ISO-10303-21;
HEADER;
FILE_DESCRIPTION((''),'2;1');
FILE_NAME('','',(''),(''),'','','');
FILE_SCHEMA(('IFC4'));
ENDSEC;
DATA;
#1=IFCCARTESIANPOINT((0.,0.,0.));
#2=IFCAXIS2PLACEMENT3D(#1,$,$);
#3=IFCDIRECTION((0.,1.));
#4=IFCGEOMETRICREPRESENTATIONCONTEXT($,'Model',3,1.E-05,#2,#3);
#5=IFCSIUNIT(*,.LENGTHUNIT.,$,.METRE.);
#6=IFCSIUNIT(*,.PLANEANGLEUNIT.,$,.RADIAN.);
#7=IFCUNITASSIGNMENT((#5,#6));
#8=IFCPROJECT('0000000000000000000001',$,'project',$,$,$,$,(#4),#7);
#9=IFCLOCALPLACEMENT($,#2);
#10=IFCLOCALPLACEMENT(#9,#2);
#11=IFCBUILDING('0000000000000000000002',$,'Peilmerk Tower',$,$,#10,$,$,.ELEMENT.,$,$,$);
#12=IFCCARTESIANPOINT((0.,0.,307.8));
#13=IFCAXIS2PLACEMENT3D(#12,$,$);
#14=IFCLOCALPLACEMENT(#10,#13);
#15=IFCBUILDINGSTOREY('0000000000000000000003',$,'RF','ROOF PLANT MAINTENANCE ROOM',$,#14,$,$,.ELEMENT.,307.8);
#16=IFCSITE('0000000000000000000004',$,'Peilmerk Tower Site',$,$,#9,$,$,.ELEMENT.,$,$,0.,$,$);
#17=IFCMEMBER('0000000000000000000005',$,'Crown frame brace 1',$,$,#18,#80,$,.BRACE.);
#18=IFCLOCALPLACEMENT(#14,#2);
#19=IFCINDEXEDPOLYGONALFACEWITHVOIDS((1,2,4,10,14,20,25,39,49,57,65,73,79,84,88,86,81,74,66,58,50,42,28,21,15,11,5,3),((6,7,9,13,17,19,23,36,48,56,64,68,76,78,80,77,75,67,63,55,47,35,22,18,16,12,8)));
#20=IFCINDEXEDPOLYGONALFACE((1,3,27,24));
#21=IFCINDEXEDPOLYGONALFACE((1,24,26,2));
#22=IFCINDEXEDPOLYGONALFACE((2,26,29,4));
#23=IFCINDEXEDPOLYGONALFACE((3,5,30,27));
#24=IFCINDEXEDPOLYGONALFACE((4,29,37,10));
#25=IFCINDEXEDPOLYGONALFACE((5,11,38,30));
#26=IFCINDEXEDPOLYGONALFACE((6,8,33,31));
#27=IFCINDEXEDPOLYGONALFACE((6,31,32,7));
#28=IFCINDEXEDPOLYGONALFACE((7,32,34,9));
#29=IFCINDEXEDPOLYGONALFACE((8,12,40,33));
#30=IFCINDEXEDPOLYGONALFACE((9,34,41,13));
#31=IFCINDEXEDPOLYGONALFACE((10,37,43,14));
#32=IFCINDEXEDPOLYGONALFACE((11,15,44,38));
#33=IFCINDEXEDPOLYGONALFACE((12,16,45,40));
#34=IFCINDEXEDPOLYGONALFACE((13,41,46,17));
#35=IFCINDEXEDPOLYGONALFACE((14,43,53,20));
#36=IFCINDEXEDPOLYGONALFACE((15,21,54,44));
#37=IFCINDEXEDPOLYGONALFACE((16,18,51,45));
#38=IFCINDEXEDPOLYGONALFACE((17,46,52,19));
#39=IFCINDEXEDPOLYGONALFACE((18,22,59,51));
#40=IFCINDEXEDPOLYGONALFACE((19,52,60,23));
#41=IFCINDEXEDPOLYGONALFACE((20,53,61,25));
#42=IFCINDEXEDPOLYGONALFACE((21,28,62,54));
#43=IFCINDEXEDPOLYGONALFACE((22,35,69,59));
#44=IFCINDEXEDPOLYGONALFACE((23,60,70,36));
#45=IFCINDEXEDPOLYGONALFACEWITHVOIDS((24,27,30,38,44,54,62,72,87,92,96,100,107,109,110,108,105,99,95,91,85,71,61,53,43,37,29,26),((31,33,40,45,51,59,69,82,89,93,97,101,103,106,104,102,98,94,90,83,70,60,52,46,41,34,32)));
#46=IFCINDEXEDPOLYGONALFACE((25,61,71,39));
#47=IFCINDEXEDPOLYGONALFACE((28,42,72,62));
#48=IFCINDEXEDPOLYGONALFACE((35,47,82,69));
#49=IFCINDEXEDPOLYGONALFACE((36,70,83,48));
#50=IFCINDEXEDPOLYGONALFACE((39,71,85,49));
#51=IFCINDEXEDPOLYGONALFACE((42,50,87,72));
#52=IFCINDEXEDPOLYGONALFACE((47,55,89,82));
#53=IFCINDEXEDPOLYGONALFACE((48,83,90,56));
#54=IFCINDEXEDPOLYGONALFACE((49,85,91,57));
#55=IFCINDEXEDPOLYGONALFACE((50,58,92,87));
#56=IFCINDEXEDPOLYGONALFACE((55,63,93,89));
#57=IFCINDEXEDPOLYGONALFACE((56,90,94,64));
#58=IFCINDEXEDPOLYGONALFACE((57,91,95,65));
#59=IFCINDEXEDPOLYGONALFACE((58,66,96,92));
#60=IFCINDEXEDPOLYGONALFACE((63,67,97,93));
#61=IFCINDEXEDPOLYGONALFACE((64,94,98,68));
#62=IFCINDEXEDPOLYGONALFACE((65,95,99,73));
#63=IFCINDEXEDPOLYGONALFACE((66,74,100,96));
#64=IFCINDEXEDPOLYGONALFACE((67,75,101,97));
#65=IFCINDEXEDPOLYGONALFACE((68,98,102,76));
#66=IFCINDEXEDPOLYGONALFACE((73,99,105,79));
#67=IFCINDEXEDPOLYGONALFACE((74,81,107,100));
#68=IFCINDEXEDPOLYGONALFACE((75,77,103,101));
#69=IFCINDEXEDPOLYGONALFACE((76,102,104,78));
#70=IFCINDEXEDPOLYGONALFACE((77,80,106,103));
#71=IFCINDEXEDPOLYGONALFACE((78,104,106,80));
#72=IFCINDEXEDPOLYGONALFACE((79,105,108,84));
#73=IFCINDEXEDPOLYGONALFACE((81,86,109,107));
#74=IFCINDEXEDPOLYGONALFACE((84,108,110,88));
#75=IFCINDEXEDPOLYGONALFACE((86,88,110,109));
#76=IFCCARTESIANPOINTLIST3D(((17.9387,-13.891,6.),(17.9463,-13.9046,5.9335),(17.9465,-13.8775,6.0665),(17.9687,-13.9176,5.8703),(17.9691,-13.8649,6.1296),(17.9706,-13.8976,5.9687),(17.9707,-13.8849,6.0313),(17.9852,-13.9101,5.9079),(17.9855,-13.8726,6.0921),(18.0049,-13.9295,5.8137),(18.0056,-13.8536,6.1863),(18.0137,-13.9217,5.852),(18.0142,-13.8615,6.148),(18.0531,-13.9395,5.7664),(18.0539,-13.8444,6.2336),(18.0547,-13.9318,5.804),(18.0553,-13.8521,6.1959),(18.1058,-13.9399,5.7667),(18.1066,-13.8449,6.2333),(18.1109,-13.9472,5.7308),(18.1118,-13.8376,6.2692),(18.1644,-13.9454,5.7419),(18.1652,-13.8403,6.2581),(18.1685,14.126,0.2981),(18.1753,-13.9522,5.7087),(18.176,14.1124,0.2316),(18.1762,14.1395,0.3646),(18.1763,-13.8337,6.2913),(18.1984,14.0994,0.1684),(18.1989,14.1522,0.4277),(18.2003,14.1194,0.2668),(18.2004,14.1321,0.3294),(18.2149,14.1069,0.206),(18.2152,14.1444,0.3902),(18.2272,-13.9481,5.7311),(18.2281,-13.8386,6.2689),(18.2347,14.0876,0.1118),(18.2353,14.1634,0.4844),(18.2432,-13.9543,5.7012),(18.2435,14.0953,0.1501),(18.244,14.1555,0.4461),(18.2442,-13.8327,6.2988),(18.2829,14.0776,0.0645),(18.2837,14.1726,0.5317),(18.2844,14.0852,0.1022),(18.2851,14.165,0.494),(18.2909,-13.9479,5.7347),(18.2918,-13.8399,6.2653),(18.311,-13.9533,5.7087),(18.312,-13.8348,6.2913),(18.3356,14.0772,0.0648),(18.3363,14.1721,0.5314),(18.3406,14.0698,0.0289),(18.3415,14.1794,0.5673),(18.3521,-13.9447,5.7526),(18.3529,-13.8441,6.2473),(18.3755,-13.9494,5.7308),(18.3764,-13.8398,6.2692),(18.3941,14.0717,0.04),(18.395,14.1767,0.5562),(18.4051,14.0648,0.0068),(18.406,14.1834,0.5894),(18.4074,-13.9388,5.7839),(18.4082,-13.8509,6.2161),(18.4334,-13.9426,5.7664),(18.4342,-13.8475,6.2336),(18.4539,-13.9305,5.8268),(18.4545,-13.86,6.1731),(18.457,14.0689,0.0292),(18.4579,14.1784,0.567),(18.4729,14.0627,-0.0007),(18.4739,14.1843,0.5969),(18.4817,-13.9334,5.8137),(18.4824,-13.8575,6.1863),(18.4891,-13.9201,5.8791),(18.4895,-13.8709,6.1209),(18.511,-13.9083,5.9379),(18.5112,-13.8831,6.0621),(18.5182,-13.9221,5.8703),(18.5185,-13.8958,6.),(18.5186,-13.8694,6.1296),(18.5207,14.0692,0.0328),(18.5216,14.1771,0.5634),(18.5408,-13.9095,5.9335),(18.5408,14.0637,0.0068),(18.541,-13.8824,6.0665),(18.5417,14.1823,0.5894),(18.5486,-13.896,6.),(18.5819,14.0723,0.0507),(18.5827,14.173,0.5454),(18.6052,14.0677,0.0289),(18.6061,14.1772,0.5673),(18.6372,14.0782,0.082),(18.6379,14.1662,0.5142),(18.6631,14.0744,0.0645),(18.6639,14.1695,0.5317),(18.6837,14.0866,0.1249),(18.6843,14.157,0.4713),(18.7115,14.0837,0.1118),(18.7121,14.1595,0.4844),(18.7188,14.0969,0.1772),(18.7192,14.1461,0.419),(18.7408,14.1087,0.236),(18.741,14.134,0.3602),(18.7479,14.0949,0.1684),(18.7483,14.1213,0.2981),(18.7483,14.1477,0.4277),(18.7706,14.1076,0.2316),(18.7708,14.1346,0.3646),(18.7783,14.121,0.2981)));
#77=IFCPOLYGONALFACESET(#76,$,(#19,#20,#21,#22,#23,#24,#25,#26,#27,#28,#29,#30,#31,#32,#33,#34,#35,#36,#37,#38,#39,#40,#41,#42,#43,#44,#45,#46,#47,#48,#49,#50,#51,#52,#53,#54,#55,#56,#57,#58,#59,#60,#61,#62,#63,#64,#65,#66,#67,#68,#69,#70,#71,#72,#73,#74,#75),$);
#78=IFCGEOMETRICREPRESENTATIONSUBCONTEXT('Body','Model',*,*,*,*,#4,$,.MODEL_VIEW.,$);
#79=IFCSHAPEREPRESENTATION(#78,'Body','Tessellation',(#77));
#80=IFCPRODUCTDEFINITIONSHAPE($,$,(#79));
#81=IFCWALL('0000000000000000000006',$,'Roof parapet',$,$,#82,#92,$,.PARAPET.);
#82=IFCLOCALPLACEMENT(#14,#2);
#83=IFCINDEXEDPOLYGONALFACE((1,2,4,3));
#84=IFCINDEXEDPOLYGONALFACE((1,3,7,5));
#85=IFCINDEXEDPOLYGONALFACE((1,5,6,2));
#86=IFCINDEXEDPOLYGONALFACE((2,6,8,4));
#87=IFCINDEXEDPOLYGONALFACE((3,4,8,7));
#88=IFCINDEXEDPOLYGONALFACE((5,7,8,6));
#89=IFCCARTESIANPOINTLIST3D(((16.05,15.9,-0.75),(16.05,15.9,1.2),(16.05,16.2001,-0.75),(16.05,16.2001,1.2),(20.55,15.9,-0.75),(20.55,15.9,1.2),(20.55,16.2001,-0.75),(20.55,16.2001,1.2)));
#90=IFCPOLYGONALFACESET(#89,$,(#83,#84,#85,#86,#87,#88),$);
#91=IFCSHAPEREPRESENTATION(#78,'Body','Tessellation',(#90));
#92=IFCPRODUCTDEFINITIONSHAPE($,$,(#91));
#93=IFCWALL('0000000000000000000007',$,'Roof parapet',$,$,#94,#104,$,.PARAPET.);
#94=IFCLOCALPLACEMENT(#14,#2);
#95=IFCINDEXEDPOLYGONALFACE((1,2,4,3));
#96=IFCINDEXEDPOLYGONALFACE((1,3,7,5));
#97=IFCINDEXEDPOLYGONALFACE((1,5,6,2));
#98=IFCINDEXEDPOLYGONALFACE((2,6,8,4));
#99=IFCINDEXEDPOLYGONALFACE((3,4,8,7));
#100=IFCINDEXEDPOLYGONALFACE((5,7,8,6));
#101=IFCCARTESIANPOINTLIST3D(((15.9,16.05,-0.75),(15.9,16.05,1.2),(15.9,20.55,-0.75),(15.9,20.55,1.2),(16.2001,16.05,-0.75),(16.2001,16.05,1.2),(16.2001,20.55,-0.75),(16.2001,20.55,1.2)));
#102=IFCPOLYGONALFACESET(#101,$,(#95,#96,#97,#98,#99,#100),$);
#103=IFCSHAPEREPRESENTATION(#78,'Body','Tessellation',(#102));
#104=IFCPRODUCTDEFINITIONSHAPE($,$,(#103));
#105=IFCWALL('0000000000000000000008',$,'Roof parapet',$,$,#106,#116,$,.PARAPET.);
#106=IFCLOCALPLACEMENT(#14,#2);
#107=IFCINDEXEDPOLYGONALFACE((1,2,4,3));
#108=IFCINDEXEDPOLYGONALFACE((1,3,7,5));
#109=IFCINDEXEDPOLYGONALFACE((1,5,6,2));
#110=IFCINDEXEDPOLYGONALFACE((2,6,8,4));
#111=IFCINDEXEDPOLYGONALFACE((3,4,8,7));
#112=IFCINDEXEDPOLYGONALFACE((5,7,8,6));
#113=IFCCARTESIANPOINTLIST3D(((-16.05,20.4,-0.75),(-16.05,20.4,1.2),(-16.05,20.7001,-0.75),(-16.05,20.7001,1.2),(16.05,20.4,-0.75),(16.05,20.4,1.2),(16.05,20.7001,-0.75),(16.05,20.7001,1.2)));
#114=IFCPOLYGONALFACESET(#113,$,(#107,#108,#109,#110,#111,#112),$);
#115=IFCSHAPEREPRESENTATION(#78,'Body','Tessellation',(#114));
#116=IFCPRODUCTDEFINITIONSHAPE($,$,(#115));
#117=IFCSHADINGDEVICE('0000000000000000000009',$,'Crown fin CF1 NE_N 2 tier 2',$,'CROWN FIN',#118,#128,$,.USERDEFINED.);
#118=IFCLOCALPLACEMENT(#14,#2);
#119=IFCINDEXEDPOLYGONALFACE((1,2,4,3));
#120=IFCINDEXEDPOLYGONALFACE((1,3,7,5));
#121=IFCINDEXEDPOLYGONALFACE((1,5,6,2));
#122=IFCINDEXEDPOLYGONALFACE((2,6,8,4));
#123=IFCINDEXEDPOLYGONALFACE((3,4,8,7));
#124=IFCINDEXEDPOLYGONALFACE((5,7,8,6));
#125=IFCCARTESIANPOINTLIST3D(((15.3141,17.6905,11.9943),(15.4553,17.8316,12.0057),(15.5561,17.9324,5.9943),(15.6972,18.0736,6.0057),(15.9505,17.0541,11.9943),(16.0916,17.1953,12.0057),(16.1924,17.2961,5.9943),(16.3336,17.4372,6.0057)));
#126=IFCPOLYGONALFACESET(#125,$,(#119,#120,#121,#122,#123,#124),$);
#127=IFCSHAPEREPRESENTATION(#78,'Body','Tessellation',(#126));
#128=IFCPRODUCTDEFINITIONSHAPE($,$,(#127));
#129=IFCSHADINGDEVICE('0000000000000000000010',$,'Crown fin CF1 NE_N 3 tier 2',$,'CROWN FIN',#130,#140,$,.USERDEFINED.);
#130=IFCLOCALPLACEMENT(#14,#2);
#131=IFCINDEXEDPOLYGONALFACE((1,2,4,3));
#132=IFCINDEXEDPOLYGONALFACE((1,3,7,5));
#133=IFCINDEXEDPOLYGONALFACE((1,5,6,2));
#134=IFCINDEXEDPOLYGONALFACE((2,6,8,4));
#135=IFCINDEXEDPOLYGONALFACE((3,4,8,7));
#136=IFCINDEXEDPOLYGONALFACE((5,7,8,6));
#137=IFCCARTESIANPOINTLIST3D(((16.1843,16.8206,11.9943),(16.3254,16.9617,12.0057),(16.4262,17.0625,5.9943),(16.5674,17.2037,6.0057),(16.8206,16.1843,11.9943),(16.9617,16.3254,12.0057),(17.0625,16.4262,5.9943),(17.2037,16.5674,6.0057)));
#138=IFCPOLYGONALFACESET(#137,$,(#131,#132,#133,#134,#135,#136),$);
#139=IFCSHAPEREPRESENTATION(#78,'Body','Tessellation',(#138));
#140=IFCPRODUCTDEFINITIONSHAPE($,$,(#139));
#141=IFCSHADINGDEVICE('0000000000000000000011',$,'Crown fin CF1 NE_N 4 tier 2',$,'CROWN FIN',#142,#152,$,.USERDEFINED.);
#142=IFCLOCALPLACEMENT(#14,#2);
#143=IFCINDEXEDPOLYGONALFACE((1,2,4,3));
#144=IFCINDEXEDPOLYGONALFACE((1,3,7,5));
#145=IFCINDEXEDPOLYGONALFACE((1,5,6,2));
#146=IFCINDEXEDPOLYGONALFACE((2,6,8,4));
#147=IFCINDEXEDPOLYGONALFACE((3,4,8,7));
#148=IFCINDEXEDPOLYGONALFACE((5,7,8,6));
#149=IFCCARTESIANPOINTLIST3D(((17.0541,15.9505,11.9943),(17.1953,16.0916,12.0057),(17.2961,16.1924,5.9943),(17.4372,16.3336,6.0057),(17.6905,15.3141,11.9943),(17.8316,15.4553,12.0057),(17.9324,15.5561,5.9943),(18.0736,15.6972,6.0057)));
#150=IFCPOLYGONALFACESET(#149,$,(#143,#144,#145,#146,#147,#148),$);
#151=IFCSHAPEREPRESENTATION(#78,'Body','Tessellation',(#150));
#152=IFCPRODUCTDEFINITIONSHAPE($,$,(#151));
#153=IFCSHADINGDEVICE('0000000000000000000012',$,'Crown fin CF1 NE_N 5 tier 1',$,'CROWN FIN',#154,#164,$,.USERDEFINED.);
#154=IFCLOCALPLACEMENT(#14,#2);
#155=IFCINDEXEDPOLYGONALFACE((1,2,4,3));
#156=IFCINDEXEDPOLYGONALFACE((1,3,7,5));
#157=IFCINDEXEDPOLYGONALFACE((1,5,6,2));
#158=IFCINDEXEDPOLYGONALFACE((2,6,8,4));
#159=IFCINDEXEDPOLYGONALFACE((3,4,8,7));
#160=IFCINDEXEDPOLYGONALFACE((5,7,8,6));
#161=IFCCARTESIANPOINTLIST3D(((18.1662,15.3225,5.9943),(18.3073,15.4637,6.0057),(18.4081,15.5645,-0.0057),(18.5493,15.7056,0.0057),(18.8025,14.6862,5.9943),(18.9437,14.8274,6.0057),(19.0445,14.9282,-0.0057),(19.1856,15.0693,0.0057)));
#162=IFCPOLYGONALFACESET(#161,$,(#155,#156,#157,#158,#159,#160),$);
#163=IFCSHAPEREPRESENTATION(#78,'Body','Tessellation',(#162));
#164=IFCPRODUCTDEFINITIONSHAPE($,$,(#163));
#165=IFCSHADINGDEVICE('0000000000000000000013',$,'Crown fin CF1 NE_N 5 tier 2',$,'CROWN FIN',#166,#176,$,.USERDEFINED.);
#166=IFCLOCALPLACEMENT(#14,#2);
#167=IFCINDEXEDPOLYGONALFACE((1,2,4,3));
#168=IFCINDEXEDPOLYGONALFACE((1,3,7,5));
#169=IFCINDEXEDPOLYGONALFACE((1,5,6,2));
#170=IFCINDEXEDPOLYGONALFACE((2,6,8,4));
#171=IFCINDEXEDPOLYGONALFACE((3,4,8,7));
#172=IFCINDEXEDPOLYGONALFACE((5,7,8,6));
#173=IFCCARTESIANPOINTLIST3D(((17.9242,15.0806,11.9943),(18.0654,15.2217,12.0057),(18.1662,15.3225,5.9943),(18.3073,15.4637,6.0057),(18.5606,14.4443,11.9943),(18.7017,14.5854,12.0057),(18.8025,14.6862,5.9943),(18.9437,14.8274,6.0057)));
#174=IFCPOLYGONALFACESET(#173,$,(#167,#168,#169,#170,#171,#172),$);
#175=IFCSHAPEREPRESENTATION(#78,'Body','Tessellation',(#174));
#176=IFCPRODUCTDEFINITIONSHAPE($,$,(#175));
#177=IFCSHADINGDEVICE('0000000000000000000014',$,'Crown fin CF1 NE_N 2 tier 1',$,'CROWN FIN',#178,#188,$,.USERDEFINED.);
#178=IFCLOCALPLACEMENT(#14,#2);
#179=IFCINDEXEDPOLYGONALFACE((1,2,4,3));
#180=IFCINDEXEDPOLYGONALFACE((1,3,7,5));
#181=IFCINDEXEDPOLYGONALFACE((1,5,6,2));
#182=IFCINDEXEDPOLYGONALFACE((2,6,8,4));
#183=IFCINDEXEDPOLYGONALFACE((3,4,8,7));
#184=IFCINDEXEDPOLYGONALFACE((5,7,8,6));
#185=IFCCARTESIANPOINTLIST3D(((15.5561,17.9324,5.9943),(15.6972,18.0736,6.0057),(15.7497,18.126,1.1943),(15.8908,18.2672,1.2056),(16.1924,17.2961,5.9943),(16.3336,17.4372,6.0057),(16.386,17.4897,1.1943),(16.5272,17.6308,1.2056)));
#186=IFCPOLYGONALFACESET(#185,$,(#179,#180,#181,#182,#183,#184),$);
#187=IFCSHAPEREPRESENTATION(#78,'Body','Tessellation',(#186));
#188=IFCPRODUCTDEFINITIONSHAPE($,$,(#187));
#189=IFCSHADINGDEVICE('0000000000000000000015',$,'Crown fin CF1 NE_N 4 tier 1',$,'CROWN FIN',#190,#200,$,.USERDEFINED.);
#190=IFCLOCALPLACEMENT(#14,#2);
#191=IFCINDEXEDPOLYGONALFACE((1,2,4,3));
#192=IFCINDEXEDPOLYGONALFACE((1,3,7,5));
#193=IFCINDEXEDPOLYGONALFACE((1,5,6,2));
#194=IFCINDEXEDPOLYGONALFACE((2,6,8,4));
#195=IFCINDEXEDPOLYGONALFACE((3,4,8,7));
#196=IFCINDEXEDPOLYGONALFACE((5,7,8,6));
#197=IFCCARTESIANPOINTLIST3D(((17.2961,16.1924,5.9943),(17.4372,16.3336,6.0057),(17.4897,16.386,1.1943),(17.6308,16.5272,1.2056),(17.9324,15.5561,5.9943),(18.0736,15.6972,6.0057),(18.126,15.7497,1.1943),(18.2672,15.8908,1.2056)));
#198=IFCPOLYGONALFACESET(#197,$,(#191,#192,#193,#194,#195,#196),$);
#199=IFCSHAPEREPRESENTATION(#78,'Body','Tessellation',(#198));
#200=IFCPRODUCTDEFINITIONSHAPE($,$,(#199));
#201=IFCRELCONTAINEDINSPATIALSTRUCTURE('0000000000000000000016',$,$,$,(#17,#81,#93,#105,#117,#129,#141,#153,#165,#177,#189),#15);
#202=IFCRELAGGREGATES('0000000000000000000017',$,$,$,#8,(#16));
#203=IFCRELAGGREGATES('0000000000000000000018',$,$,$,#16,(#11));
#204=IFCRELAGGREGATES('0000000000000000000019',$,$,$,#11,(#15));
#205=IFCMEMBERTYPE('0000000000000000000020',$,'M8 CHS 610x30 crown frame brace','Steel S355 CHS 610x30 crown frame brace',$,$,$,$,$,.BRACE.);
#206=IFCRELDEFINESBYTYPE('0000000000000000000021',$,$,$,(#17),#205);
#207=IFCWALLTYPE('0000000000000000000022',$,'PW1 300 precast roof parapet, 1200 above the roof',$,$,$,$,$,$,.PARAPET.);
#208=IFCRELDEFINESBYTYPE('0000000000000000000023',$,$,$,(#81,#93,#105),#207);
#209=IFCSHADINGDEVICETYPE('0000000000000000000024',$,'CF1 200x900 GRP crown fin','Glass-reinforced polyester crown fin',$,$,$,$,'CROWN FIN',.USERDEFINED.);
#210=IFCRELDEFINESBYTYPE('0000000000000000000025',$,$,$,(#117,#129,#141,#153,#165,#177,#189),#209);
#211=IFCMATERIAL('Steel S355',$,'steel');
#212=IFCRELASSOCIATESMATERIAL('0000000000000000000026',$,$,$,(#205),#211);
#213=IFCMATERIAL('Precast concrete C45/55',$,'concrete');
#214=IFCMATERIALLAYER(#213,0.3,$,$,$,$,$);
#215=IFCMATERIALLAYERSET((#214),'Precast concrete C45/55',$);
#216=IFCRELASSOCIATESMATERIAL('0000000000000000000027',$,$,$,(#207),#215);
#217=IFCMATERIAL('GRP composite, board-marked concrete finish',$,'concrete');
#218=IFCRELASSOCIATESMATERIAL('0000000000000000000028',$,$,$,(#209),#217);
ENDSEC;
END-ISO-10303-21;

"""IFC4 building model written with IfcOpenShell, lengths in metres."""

from ifc_helpers import new_model, si_unit, direction, frame, frame_2d, origin, origin_2d, place, context, subcontext, project, spatial, rectangle, hollow_circle, extrude, source, transform, mapped, material, layer, layer_set, material_profile, profile_set, type_object, element, save


model = new_model("IFC4")

# Units and contexts
model_context = context("Model", 3, precision=1e-05, world=origin(), true_north=direction((0.0, 1.0)))
body_context = subcontext(model_context, "Body", "Model", "MODEL_VIEW")
ifc_project = project(units=[si_unit("LENGTHUNIT", "METRE"), si_unit("PLANEANGLEUNIT", "RADIAN")], contexts=[model_context])

# Site, building, storey
site_placement = place(None, origin())
site = spatial("IfcSite", under=ifc_project, at=site_placement, Name="Peilmerk Tower Site", CompositionType="ELEMENT", RefElevation=0.0)
building_placement = place(site_placement, origin())
building = spatial("IfcBuilding", under=site, at=building_placement, Name="Peilmerk Tower", CompositionType="ELEMENT")
storey_placement = place(building_placement, frame((0.0, 0.0, 307.8)))
storey = spatial("IfcBuildingStorey", under=building, at=storey_placement, Name="RF", Description="ROOF PLANT MAINTENANCE ROOM", CompositionType="ELEMENT", Elevation=307.8)

# Shared definitions
ifc_material_1 = material(Name="Steel S355", Category="steel")

# Member
ifc_material_profile_1 = material_profile(ifc_material_1, hollow_circle(Radius=0.3049, WallThickness=0.03, at=origin_2d()), Name="CHS 610x30")
ifc_profile_set_1 = profile_set([ifc_material_profile_1], Name="Steel S355")
member_type_1 = type_object("IfcMemberType", Name="M8 CHS 610x30 crown frame brace", Description="Steel S355 CHS 610x30 crown frame brace", PredefinedType="BRACE", material=ifc_profile_set_1)
member_1_placement = place(storey_placement, frame((18.4734, 14.1235, 0.2981), z_axis=(-0.008035, -0.979881, 0.199421), x_axis=(0.999966, -0.0082, 0.0)))
element("IfcMember", 1, at=member_1_placement, inside=storey, type_object=member_type_1, Name="Crown frame brace 1", PredefinedType="BRACE", context=body_context, shape_type="SweptSolid", body=[
    extrude(hollow_circle(Radius=0.3049, WallThickness=0.03, at=origin_2d()), origin(), (0.0, 0.0, 1.0), 28.5923),
])

# Walls
ifc_material_2 = material(Name="Precast concrete C45/55", Category="concrete")
ifc_layer = layer(ifc_material_2, 0.3)
ifc_layer_set = layer_set([ifc_layer], Name="Precast concrete C45/55")
wall_type = type_object("IfcWallType", Name="PW1 300 precast roof parapet, 1200 above the roof", PredefinedType="PARAPET", material=ifc_layer_set)
for number, where, z_axis, x_axis, name in (
    (2, (20.55, 16.05, -0.75), (0.0, 0.0, 1.0), (-1.0, 0.0, 0.0), "Roof parapet"),
    (3, (16.05, 16.05, -0.75), (0.0, 0.0, 1.0), (0.0, 1.0, 0.0), "Roof parapet"),
):
    element("IfcWall", number, at=place(storey_placement, frame(where, z_axis=z_axis, x_axis=x_axis)), inside=storey, type_object=wall_type, Name=name, PredefinedType="PARAPET", context=body_context, shape_type="SweptSolid", body=[
        extrude(rectangle(XDim=4.5, YDim=0.3, at=frame_2d((2.25, 0.0))), origin(), (0.0, 0.0, 1.0), 1.95),
    ])
wall_placement = place(storey_placement, frame((16.05, 20.55, -0.75), z_axis=(0.0, 0.0, 1.0), x_axis=(-1.0, 0.0, 0.0)))
element("IfcWall", 4, at=wall_placement, inside=storey, type_object=wall_type, Name="Roof parapet", PredefinedType="PARAPET", context=body_context, shape_type="SweptSolid", body=[
    extrude(rectangle(XDim=32.1001, YDim=0.3, at=frame_2d((16.05, 0.0))), origin(), (0.0, 0.0, 1.0), 1.95),
])

# Shading devices
ifc_material_3 = material(Name="GRP composite, board-marked concrete finish", Category="concrete")
ifc_material_profile_2 = material_profile(ifc_material_3, rectangle(XDim=0.2, YDim=0.8999, at=origin_2d()), Name="CF1 200x900")
ifc_profile_set_2 = profile_set([ifc_material_profile_2], Name="GRP composite, board-marked concrete finish")
shading_device_type = type_object("IfcShadingDeviceType", Name="CF1 200x900 GRP crown fin", Description="Glass-reinforced polyester crown fin", ElementType="CROWN FIN", PredefinedType="USERDEFINED", material=ifc_profile_set_2)
shared_shape_1 = source(origin(), body_context, "Body", "SweptSolid", [
    extrude(rectangle(XDim=0.2, YDim=0.8999, at=origin_2d()), origin(), (0.0, 0.0, 1.0), 6.0098),
])
for number, where, z_axis, x_axis, name in (
    (5, (15.9448, 17.6848, 6.0), (-0.040258, -0.040258, 0.998378), (0.70596, 0.70596, 0.056934), "Crown fin CF1 NE_N 2 tier 2"),
    (6, (16.8149, 16.8149, 6.0), (-0.040258, -0.040258, 0.998378), (0.70596, 0.70596, 0.056934), "Crown fin CF1 NE_N 3 tier 2"),
    (7, (17.6848, 15.9448, 6.0), (-0.040258, -0.040258, 0.998378), (0.70596, 0.70596, 0.056934), "Crown fin CF1 NE_N 4 tier 2"),
    (8, (18.7969, 15.3169, 0.0), (-0.040258, -0.040258, 0.998378), (0.70596, 0.70596, 0.056934), "Crown fin CF1 NE_N 5 tier 1"),
    (9, (18.5549, 15.075, 6.0), (-0.040258, -0.040258, 0.998378), (0.70596, 0.70596, 0.056934), "Crown fin CF1 NE_N 5 tier 2"),
):
    element("IfcShadingDevice", number, at=place(storey_placement, frame(where, z_axis=z_axis, x_axis=x_axis)), inside=storey, type_object=shading_device_type, Name=name, ObjectType="CROWN FIN", PredefinedType="USERDEFINED", context=body_context, shape_type="MappedRepresentation", body=[
        mapped(shared_shape_1, transform((0.0, 0.0, 0.0), scale=1.0)),
    ])
shared_shape_2 = source(origin(), body_context, "Body", "SweptSolid", [
    extrude(rectangle(XDim=0.2, YDim=0.8999, at=origin_2d()), origin(), (0.0, 0.0, 1.0), 4.8079),
])
for number, where, z_axis, x_axis, name in (
    (10, (16.1384, 17.8784, 1.2), (-0.040268, -0.040268, 0.998377), (0.705959, 0.705959, 0.056948), "Crown fin CF1 NE_N 2 tier 1"),
    (11, (17.8784, 16.1384, 1.2), (-0.040268, -0.040268, 0.998377), (0.705959, 0.705959, 0.056948), "Crown fin CF1 NE_N 4 tier 1"),
):
    element("IfcShadingDevice", number, at=place(storey_placement, frame(where, z_axis=z_axis, x_axis=x_axis)), inside=storey, type_object=shading_device_type, Name=name, ObjectType="CROWN FIN", PredefinedType="USERDEFINED", context=body_context, shape_type="MappedRepresentation", body=[
        mapped(shared_shape_2, transform((0.0, 0.0, 0.0), scale=1.0)),
    ])

save(model, "model.ifc")
